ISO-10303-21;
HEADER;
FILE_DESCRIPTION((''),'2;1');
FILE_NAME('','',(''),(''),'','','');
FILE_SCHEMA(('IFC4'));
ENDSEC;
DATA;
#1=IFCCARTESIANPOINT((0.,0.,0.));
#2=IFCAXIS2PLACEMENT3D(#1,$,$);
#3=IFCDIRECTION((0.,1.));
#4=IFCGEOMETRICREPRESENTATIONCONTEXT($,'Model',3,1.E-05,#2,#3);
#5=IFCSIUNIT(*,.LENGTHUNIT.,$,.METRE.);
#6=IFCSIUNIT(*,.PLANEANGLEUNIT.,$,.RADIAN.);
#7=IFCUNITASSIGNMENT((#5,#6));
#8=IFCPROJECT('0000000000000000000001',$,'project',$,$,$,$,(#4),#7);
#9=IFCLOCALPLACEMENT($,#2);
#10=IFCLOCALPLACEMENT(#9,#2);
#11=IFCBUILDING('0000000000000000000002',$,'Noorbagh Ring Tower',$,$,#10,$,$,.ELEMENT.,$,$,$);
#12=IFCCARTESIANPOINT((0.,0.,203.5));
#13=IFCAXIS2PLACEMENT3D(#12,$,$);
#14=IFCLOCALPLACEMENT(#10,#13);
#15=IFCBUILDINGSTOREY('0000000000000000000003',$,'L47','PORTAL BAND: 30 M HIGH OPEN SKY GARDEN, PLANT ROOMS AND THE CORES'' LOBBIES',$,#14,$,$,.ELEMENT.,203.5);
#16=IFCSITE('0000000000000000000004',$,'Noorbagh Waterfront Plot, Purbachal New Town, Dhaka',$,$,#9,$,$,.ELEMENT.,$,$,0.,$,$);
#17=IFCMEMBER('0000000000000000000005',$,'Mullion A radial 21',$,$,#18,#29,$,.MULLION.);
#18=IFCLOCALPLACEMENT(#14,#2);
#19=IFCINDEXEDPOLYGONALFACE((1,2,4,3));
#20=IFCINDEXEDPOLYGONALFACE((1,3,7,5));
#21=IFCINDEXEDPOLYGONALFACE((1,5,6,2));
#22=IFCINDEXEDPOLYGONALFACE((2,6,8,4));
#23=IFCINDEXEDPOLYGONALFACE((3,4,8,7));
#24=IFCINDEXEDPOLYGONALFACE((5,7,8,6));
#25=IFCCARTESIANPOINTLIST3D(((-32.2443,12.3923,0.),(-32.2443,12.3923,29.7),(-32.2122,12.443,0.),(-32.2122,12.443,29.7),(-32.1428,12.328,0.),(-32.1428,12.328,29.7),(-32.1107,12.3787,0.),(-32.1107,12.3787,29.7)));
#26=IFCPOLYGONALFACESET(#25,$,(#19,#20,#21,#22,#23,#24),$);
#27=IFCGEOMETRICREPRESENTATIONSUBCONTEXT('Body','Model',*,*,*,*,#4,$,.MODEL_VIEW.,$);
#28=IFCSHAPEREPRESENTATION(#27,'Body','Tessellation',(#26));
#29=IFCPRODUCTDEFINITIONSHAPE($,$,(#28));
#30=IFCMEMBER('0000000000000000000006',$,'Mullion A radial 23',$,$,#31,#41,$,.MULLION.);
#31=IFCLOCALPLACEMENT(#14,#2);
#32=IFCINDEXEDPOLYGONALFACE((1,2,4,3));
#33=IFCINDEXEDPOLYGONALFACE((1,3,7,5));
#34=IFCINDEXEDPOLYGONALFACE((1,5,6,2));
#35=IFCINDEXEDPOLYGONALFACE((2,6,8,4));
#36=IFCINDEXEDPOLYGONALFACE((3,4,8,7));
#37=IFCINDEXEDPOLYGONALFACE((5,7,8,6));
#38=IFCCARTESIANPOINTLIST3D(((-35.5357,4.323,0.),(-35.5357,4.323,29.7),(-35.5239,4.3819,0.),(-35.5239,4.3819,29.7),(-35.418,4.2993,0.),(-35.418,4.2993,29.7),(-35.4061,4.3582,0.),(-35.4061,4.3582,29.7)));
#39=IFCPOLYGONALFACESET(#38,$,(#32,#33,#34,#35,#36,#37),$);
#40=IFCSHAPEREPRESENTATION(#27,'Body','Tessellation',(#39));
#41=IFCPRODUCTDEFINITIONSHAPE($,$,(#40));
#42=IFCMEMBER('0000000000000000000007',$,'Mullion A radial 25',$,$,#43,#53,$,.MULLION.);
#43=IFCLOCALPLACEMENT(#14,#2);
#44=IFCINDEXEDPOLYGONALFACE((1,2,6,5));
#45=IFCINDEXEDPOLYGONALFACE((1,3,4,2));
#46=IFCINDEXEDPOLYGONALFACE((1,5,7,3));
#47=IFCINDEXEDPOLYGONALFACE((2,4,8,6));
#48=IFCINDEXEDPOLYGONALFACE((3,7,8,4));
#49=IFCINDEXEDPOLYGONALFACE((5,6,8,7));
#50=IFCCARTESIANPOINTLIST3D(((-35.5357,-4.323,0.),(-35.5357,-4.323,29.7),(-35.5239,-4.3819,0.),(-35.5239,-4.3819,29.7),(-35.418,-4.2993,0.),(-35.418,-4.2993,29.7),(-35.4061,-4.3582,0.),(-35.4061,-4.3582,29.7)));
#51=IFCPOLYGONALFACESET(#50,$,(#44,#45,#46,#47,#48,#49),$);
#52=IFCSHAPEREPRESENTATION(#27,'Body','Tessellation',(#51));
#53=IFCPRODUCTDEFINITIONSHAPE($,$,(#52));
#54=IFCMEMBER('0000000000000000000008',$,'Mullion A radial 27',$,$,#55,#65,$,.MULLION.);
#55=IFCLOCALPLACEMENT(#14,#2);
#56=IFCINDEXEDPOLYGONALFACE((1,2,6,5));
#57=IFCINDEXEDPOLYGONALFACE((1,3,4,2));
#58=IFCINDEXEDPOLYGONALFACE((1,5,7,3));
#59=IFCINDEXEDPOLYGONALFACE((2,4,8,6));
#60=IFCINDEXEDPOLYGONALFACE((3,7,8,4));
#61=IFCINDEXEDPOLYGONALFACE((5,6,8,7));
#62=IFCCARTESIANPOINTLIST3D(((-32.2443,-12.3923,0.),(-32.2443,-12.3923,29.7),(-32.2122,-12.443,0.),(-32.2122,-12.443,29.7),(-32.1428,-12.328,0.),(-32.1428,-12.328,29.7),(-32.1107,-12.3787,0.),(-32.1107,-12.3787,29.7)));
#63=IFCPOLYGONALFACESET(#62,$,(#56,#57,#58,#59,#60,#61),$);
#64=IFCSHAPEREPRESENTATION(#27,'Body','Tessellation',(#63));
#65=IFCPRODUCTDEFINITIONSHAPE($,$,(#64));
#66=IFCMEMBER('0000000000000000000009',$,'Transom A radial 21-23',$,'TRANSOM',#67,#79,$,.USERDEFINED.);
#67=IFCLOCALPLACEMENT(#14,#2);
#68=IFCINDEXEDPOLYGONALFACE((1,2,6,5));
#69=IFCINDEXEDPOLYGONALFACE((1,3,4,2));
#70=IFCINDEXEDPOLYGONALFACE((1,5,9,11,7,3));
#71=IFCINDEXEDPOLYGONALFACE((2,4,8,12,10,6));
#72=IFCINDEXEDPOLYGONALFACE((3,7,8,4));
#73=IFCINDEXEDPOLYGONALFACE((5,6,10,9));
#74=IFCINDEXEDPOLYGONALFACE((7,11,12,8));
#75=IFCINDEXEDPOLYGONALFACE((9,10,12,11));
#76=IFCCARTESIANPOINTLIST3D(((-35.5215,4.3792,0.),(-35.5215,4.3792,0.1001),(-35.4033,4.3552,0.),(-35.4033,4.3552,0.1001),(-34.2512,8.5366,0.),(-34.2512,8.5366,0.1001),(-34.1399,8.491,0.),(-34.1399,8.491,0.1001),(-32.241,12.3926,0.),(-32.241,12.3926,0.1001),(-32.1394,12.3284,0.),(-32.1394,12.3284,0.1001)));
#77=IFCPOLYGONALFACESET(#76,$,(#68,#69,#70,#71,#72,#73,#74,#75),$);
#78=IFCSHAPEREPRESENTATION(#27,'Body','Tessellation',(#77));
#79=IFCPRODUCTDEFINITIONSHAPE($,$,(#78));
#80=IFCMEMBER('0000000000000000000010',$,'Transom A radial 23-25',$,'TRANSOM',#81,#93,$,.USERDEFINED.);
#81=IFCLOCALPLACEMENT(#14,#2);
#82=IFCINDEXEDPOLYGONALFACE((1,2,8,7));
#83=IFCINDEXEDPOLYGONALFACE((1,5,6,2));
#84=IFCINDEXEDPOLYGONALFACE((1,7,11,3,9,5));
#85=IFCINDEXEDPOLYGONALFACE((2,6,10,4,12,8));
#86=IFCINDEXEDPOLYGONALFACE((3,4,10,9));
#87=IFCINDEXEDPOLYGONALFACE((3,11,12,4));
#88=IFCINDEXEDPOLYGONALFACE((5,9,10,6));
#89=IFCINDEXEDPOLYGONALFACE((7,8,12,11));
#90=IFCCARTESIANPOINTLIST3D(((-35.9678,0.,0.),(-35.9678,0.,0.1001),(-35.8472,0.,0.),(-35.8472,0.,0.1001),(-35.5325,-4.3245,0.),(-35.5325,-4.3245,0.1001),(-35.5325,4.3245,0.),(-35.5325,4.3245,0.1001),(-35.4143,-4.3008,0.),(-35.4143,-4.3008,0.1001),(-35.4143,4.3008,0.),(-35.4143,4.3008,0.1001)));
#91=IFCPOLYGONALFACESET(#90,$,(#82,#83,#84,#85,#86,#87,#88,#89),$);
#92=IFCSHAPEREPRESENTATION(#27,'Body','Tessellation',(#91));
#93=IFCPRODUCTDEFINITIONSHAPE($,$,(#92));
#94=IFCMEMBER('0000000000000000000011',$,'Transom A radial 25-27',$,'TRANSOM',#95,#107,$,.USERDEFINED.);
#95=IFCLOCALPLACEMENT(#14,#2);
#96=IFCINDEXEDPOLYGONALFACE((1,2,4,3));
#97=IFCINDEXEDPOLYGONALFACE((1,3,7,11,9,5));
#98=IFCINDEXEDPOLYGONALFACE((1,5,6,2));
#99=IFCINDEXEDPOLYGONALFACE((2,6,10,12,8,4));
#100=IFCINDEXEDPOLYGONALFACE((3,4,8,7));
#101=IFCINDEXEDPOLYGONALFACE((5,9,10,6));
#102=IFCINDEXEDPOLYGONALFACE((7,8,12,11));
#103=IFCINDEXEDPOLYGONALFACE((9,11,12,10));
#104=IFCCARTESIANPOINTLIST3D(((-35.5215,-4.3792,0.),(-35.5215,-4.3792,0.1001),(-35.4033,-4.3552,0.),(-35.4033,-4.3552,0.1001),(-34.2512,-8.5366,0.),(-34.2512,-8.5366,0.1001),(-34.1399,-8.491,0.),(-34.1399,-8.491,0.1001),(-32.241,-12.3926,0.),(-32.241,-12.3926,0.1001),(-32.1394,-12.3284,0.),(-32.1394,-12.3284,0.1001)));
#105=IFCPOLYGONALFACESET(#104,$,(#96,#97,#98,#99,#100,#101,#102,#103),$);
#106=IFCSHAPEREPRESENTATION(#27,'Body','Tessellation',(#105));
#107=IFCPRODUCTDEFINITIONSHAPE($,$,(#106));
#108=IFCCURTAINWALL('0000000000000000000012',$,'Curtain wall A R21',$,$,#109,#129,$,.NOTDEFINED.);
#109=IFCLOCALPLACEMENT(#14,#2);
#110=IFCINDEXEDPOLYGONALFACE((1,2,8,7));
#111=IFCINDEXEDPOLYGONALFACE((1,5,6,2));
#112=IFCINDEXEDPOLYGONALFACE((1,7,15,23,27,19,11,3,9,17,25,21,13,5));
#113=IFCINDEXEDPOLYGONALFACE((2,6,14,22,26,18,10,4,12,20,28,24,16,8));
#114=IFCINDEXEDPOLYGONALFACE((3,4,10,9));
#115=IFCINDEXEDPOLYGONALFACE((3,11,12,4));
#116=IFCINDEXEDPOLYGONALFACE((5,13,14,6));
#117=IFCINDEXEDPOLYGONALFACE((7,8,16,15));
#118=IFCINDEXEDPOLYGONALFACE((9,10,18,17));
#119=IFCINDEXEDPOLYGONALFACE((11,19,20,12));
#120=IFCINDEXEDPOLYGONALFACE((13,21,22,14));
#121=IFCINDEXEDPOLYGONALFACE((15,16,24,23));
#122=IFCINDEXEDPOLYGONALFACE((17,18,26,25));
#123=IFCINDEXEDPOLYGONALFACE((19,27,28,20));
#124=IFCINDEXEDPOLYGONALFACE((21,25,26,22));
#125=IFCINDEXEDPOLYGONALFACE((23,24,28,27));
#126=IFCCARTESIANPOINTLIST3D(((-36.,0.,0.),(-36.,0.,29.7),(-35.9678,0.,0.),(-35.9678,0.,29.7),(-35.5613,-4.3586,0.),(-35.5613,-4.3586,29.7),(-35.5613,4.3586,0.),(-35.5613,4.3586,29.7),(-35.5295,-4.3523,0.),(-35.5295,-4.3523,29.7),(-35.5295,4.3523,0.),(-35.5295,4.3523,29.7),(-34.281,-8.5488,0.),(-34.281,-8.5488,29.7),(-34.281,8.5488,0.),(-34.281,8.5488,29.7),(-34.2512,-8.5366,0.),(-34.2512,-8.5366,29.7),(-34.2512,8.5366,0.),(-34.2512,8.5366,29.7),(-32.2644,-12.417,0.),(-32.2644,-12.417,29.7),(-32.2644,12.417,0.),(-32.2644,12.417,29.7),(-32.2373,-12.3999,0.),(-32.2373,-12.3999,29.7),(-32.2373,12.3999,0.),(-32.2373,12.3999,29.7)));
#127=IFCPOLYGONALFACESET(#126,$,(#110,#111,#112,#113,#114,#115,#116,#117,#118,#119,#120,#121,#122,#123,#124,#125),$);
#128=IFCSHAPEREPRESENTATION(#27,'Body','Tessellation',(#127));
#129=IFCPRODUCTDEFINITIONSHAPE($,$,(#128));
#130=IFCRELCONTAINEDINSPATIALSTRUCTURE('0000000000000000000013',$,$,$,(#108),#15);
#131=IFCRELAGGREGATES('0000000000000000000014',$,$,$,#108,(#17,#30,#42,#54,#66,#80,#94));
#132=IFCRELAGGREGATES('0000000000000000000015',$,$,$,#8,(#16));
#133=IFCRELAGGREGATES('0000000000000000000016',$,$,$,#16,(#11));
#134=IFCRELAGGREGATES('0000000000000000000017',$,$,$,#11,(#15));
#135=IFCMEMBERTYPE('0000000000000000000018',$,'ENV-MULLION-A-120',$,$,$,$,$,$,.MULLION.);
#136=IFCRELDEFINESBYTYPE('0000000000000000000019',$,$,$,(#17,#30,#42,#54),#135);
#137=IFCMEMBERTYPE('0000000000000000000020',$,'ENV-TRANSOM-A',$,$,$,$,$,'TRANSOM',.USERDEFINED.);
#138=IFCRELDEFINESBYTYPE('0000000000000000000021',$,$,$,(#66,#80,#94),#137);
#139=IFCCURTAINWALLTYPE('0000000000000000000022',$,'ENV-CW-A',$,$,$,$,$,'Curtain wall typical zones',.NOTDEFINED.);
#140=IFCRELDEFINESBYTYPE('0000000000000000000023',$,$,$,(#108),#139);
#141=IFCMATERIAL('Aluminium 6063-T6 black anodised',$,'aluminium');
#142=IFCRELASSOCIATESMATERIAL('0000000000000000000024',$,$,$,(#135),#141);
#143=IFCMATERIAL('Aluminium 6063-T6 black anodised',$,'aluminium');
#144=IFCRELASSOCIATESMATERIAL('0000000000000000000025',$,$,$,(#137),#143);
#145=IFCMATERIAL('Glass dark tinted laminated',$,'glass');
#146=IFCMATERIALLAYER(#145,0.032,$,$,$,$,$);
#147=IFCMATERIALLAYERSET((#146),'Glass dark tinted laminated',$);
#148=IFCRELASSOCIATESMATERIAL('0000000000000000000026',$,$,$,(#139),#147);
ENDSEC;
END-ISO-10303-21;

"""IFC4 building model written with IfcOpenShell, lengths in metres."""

from ifc_helpers import new_model, si_unit, direction, frame, origin, origin_2d, place, context, subcontext, project, spatial, polyline, rectangle, outline, extrude, material, layer, layer_set, material_profile, profile_set, type_object, element, aggregate, save


model = new_model("IFC4")

# Units and contexts
model_context = context("Model", 3, precision=1e-05, world=origin(), true_north=direction((0.0, 1.0)))
body_context = subcontext(model_context, "Body", "Model", "MODEL_VIEW")
ifc_project = project(units=[si_unit("LENGTHUNIT", "METRE"), si_unit("PLANEANGLEUNIT", "RADIAN")], contexts=[model_context])

# Site, building, storey
site_placement = place(None, origin())
site = spatial("IfcSite", under=ifc_project, at=site_placement, Name="Noorbagh Waterfront Plot, Purbachal New Town, Dhaka", CompositionType="ELEMENT", RefElevation=0.0)
building_placement = place(site_placement, origin())
building = spatial("IfcBuilding", under=site, at=building_placement, Name="Noorbagh Ring Tower", CompositionType="ELEMENT")
storey_placement = place(building_placement, frame((0.0, 0.0, 203.5)))
storey = spatial("IfcBuildingStorey", under=building, at=storey_placement, Name="L47", Description="PORTAL BAND: 30 M HIGH OPEN SKY GARDEN, PLANT ROOMS AND THE CORES' LOBBIES", CompositionType="ELEMENT", Elevation=203.5)

# Members
ifc_material_1 = material(Name="Aluminium 6063-T6 black anodised", Category="aluminium")
ifc_material_profile_1 = material_profile(ifc_material_1, rectangle(XDim=0.1201, YDim=0.0601, at=origin_2d()), Name="120x60")
ifc_profile_set_1 = profile_set([ifc_material_profile_1], Name="Aluminium 6063-T6 black anodised")
member_type_1 = type_object("IfcMemberType", Name="ENV-MULLION-A-120", PredefinedType="MULLION", material=ifc_profile_set_1)
member_1_placement = place(storey_placement, frame((-32.1775, 12.3855, 0.0), z_axis=(0.0, 0.0, 1.0), x_axis=(0.84483, -0.535035, 0.0)))
member_1 = element("IfcMember", 1, at=member_1_placement, type_object=member_type_1, Name="Mullion A radial 21", PredefinedType="MULLION", context=body_context, shape_type="SweptSolid", body=[
    extrude(rectangle(XDim=0.1201, YDim=0.0601, at=origin_2d()), origin(), (0.0, 0.0, 1.0), 29.7),
])
member_2_placement = place(storey_placement, frame((-35.4709, 4.3406, 0.0), z_axis=(0.0, 0.0, 1.0), x_axis=(0.980379, -0.197121, 0.0)))
member_2 = element("IfcMember", 2, at=member_2_placement, type_object=member_type_1, Name="Mullion A radial 23", PredefinedType="MULLION", context=body_context, shape_type="SweptSolid", body=[
    extrude(rectangle(XDim=0.1201, YDim=0.0601, at=origin_2d()), origin(), (0.0, 0.0, 1.0), 29.7),
])
member_3_placement = place(storey_placement, frame((-35.4709, -4.3406, 0.0), z_axis=(0.0, 0.0, 1.0), x_axis=(0.980379, 0.197121, 0.0)))
member_3 = element("IfcMember", 3, at=member_3_placement, type_object=member_type_1, Name="Mullion A radial 25", PredefinedType="MULLION", context=body_context, shape_type="SweptSolid", body=[
    extrude(rectangle(XDim=0.1201, YDim=0.0601, at=origin_2d()), origin(), (0.0, 0.0, 1.0), 29.7),
])
member_4_placement = place(storey_placement, frame((-32.1775, -12.3855, 0.0), z_axis=(0.0, 0.0, 1.0), x_axis=(0.84483, 0.535035, 0.0)))
member_4 = element("IfcMember", 4, at=member_4_placement, type_object=member_type_1, Name="Mullion A radial 27", PredefinedType="MULLION", context=body_context, shape_type="SweptSolid", body=[
    extrude(rectangle(XDim=0.1201, YDim=0.0601, at=origin_2d()), origin(), (0.0, 0.0, 1.0), 29.7),
])
ifc_material_2 = material(Name="Aluminium 6063-T6 black anodised", Category="aluminium")
member_type_2 = type_object("IfcMemberType", Name="ENV-TRANSOM-A", ElementType="TRANSOM", PredefinedType="USERDEFINED", material=ifc_material_2)
member_5_placement = place(storey_placement, origin())
member_5 = element("IfcMember", 5, at=member_5_placement, type_object=member_type_2, Name="Transom A radial 21-23", ObjectType="TRANSOM", PredefinedType="USERDEFINED", context=body_context, shape_type="SweptSolid", body=[
    extrude(outline(polyline([(-32.241, 12.3926), (-34.2512, 8.5366), (-35.5215, 4.3792), (-35.4033, 4.3552), (-34.1399, 8.491), (-32.1394, 12.3284), (-32.241, 12.3926)])), origin(), (0.0, 0.0, 1.0), 0.1001),
])
member_6_placement = place(storey_placement, origin())
member_6 = element("IfcMember", 6, at=member_6_placement, type_object=member_type_2, Name="Transom A radial 23-25", ObjectType="TRANSOM", PredefinedType="USERDEFINED", context=body_context, shape_type="SweptSolid", body=[
    extrude(outline(polyline([(-35.5325, 4.3245), (-35.9678, 0.0), (-35.5325, -4.3245), (-35.4143, -4.3008), (-35.8472, 0.0), (-35.4143, 4.3008), (-35.5325, 4.3245)])), origin(), (0.0, 0.0, 1.0), 0.1001),
])
member_7_placement = place(storey_placement, origin())
member_7 = element("IfcMember", 7, at=member_7_placement, type_object=member_type_2, Name="Transom A radial 25-27", ObjectType="TRANSOM", PredefinedType="USERDEFINED", context=body_context, shape_type="SweptSolid", body=[
    extrude(outline(polyline([(-35.5215, -4.3792), (-34.2512, -8.5366), (-32.241, -12.3926), (-32.1394, -12.3284), (-34.1399, -8.491), (-35.4033, -4.3552), (-35.5215, -4.3792)])), origin(), (0.0, 0.0, 1.0), 0.1001),
])

# Curtain wall
ifc_material_3 = material(Name="Glass dark tinted laminated", Category="glass")
ifc_layer_1 = layer(ifc_material_3, 0.032)
ifc_layer_set_1 = layer_set([ifc_layer_1], Name="Glass dark tinted laminated")
curtain_wall_type = type_object("IfcCurtainWallType", Name="ENV-CW-A", ElementType="Curtain wall typical zones", PredefinedType="NOTDEFINED", material=ifc_layer_set_1)
curtain_wall_1_placement = place(storey_placement, origin())
curtain_wall_1 = element("IfcCurtainWall", 8, at=curtain_wall_1_placement, inside=storey, type_object=curtain_wall_type, Name="Curtain wall A R21", PredefinedType="NOTDEFINED", context=body_context, shape_type="SweptSolid", body=[
    extrude(outline(polyline([(-32.2644, 12.417), (-34.281, 8.5488), (-35.5613, 4.3586), (-36.0, 0.0), (-35.5613, -4.3586), (-34.281, -8.5488), (-32.2644, -12.417), (-32.2373, -12.3999), (-34.2512, -8.5366), (-35.5295, -4.3523), (-35.9678, 0.0), (-35.5295, 4.3523), (-34.2512, 8.5366), (-32.2373, 12.3999), (-32.2644, 12.417)])), origin(), (0.0, 0.0, 1.0), 29.7),
])
aggregate(curtain_wall_1, [member_1, member_2, member_3, member_4, member_5, member_6, member_7])

save(model, "model.ifc")
